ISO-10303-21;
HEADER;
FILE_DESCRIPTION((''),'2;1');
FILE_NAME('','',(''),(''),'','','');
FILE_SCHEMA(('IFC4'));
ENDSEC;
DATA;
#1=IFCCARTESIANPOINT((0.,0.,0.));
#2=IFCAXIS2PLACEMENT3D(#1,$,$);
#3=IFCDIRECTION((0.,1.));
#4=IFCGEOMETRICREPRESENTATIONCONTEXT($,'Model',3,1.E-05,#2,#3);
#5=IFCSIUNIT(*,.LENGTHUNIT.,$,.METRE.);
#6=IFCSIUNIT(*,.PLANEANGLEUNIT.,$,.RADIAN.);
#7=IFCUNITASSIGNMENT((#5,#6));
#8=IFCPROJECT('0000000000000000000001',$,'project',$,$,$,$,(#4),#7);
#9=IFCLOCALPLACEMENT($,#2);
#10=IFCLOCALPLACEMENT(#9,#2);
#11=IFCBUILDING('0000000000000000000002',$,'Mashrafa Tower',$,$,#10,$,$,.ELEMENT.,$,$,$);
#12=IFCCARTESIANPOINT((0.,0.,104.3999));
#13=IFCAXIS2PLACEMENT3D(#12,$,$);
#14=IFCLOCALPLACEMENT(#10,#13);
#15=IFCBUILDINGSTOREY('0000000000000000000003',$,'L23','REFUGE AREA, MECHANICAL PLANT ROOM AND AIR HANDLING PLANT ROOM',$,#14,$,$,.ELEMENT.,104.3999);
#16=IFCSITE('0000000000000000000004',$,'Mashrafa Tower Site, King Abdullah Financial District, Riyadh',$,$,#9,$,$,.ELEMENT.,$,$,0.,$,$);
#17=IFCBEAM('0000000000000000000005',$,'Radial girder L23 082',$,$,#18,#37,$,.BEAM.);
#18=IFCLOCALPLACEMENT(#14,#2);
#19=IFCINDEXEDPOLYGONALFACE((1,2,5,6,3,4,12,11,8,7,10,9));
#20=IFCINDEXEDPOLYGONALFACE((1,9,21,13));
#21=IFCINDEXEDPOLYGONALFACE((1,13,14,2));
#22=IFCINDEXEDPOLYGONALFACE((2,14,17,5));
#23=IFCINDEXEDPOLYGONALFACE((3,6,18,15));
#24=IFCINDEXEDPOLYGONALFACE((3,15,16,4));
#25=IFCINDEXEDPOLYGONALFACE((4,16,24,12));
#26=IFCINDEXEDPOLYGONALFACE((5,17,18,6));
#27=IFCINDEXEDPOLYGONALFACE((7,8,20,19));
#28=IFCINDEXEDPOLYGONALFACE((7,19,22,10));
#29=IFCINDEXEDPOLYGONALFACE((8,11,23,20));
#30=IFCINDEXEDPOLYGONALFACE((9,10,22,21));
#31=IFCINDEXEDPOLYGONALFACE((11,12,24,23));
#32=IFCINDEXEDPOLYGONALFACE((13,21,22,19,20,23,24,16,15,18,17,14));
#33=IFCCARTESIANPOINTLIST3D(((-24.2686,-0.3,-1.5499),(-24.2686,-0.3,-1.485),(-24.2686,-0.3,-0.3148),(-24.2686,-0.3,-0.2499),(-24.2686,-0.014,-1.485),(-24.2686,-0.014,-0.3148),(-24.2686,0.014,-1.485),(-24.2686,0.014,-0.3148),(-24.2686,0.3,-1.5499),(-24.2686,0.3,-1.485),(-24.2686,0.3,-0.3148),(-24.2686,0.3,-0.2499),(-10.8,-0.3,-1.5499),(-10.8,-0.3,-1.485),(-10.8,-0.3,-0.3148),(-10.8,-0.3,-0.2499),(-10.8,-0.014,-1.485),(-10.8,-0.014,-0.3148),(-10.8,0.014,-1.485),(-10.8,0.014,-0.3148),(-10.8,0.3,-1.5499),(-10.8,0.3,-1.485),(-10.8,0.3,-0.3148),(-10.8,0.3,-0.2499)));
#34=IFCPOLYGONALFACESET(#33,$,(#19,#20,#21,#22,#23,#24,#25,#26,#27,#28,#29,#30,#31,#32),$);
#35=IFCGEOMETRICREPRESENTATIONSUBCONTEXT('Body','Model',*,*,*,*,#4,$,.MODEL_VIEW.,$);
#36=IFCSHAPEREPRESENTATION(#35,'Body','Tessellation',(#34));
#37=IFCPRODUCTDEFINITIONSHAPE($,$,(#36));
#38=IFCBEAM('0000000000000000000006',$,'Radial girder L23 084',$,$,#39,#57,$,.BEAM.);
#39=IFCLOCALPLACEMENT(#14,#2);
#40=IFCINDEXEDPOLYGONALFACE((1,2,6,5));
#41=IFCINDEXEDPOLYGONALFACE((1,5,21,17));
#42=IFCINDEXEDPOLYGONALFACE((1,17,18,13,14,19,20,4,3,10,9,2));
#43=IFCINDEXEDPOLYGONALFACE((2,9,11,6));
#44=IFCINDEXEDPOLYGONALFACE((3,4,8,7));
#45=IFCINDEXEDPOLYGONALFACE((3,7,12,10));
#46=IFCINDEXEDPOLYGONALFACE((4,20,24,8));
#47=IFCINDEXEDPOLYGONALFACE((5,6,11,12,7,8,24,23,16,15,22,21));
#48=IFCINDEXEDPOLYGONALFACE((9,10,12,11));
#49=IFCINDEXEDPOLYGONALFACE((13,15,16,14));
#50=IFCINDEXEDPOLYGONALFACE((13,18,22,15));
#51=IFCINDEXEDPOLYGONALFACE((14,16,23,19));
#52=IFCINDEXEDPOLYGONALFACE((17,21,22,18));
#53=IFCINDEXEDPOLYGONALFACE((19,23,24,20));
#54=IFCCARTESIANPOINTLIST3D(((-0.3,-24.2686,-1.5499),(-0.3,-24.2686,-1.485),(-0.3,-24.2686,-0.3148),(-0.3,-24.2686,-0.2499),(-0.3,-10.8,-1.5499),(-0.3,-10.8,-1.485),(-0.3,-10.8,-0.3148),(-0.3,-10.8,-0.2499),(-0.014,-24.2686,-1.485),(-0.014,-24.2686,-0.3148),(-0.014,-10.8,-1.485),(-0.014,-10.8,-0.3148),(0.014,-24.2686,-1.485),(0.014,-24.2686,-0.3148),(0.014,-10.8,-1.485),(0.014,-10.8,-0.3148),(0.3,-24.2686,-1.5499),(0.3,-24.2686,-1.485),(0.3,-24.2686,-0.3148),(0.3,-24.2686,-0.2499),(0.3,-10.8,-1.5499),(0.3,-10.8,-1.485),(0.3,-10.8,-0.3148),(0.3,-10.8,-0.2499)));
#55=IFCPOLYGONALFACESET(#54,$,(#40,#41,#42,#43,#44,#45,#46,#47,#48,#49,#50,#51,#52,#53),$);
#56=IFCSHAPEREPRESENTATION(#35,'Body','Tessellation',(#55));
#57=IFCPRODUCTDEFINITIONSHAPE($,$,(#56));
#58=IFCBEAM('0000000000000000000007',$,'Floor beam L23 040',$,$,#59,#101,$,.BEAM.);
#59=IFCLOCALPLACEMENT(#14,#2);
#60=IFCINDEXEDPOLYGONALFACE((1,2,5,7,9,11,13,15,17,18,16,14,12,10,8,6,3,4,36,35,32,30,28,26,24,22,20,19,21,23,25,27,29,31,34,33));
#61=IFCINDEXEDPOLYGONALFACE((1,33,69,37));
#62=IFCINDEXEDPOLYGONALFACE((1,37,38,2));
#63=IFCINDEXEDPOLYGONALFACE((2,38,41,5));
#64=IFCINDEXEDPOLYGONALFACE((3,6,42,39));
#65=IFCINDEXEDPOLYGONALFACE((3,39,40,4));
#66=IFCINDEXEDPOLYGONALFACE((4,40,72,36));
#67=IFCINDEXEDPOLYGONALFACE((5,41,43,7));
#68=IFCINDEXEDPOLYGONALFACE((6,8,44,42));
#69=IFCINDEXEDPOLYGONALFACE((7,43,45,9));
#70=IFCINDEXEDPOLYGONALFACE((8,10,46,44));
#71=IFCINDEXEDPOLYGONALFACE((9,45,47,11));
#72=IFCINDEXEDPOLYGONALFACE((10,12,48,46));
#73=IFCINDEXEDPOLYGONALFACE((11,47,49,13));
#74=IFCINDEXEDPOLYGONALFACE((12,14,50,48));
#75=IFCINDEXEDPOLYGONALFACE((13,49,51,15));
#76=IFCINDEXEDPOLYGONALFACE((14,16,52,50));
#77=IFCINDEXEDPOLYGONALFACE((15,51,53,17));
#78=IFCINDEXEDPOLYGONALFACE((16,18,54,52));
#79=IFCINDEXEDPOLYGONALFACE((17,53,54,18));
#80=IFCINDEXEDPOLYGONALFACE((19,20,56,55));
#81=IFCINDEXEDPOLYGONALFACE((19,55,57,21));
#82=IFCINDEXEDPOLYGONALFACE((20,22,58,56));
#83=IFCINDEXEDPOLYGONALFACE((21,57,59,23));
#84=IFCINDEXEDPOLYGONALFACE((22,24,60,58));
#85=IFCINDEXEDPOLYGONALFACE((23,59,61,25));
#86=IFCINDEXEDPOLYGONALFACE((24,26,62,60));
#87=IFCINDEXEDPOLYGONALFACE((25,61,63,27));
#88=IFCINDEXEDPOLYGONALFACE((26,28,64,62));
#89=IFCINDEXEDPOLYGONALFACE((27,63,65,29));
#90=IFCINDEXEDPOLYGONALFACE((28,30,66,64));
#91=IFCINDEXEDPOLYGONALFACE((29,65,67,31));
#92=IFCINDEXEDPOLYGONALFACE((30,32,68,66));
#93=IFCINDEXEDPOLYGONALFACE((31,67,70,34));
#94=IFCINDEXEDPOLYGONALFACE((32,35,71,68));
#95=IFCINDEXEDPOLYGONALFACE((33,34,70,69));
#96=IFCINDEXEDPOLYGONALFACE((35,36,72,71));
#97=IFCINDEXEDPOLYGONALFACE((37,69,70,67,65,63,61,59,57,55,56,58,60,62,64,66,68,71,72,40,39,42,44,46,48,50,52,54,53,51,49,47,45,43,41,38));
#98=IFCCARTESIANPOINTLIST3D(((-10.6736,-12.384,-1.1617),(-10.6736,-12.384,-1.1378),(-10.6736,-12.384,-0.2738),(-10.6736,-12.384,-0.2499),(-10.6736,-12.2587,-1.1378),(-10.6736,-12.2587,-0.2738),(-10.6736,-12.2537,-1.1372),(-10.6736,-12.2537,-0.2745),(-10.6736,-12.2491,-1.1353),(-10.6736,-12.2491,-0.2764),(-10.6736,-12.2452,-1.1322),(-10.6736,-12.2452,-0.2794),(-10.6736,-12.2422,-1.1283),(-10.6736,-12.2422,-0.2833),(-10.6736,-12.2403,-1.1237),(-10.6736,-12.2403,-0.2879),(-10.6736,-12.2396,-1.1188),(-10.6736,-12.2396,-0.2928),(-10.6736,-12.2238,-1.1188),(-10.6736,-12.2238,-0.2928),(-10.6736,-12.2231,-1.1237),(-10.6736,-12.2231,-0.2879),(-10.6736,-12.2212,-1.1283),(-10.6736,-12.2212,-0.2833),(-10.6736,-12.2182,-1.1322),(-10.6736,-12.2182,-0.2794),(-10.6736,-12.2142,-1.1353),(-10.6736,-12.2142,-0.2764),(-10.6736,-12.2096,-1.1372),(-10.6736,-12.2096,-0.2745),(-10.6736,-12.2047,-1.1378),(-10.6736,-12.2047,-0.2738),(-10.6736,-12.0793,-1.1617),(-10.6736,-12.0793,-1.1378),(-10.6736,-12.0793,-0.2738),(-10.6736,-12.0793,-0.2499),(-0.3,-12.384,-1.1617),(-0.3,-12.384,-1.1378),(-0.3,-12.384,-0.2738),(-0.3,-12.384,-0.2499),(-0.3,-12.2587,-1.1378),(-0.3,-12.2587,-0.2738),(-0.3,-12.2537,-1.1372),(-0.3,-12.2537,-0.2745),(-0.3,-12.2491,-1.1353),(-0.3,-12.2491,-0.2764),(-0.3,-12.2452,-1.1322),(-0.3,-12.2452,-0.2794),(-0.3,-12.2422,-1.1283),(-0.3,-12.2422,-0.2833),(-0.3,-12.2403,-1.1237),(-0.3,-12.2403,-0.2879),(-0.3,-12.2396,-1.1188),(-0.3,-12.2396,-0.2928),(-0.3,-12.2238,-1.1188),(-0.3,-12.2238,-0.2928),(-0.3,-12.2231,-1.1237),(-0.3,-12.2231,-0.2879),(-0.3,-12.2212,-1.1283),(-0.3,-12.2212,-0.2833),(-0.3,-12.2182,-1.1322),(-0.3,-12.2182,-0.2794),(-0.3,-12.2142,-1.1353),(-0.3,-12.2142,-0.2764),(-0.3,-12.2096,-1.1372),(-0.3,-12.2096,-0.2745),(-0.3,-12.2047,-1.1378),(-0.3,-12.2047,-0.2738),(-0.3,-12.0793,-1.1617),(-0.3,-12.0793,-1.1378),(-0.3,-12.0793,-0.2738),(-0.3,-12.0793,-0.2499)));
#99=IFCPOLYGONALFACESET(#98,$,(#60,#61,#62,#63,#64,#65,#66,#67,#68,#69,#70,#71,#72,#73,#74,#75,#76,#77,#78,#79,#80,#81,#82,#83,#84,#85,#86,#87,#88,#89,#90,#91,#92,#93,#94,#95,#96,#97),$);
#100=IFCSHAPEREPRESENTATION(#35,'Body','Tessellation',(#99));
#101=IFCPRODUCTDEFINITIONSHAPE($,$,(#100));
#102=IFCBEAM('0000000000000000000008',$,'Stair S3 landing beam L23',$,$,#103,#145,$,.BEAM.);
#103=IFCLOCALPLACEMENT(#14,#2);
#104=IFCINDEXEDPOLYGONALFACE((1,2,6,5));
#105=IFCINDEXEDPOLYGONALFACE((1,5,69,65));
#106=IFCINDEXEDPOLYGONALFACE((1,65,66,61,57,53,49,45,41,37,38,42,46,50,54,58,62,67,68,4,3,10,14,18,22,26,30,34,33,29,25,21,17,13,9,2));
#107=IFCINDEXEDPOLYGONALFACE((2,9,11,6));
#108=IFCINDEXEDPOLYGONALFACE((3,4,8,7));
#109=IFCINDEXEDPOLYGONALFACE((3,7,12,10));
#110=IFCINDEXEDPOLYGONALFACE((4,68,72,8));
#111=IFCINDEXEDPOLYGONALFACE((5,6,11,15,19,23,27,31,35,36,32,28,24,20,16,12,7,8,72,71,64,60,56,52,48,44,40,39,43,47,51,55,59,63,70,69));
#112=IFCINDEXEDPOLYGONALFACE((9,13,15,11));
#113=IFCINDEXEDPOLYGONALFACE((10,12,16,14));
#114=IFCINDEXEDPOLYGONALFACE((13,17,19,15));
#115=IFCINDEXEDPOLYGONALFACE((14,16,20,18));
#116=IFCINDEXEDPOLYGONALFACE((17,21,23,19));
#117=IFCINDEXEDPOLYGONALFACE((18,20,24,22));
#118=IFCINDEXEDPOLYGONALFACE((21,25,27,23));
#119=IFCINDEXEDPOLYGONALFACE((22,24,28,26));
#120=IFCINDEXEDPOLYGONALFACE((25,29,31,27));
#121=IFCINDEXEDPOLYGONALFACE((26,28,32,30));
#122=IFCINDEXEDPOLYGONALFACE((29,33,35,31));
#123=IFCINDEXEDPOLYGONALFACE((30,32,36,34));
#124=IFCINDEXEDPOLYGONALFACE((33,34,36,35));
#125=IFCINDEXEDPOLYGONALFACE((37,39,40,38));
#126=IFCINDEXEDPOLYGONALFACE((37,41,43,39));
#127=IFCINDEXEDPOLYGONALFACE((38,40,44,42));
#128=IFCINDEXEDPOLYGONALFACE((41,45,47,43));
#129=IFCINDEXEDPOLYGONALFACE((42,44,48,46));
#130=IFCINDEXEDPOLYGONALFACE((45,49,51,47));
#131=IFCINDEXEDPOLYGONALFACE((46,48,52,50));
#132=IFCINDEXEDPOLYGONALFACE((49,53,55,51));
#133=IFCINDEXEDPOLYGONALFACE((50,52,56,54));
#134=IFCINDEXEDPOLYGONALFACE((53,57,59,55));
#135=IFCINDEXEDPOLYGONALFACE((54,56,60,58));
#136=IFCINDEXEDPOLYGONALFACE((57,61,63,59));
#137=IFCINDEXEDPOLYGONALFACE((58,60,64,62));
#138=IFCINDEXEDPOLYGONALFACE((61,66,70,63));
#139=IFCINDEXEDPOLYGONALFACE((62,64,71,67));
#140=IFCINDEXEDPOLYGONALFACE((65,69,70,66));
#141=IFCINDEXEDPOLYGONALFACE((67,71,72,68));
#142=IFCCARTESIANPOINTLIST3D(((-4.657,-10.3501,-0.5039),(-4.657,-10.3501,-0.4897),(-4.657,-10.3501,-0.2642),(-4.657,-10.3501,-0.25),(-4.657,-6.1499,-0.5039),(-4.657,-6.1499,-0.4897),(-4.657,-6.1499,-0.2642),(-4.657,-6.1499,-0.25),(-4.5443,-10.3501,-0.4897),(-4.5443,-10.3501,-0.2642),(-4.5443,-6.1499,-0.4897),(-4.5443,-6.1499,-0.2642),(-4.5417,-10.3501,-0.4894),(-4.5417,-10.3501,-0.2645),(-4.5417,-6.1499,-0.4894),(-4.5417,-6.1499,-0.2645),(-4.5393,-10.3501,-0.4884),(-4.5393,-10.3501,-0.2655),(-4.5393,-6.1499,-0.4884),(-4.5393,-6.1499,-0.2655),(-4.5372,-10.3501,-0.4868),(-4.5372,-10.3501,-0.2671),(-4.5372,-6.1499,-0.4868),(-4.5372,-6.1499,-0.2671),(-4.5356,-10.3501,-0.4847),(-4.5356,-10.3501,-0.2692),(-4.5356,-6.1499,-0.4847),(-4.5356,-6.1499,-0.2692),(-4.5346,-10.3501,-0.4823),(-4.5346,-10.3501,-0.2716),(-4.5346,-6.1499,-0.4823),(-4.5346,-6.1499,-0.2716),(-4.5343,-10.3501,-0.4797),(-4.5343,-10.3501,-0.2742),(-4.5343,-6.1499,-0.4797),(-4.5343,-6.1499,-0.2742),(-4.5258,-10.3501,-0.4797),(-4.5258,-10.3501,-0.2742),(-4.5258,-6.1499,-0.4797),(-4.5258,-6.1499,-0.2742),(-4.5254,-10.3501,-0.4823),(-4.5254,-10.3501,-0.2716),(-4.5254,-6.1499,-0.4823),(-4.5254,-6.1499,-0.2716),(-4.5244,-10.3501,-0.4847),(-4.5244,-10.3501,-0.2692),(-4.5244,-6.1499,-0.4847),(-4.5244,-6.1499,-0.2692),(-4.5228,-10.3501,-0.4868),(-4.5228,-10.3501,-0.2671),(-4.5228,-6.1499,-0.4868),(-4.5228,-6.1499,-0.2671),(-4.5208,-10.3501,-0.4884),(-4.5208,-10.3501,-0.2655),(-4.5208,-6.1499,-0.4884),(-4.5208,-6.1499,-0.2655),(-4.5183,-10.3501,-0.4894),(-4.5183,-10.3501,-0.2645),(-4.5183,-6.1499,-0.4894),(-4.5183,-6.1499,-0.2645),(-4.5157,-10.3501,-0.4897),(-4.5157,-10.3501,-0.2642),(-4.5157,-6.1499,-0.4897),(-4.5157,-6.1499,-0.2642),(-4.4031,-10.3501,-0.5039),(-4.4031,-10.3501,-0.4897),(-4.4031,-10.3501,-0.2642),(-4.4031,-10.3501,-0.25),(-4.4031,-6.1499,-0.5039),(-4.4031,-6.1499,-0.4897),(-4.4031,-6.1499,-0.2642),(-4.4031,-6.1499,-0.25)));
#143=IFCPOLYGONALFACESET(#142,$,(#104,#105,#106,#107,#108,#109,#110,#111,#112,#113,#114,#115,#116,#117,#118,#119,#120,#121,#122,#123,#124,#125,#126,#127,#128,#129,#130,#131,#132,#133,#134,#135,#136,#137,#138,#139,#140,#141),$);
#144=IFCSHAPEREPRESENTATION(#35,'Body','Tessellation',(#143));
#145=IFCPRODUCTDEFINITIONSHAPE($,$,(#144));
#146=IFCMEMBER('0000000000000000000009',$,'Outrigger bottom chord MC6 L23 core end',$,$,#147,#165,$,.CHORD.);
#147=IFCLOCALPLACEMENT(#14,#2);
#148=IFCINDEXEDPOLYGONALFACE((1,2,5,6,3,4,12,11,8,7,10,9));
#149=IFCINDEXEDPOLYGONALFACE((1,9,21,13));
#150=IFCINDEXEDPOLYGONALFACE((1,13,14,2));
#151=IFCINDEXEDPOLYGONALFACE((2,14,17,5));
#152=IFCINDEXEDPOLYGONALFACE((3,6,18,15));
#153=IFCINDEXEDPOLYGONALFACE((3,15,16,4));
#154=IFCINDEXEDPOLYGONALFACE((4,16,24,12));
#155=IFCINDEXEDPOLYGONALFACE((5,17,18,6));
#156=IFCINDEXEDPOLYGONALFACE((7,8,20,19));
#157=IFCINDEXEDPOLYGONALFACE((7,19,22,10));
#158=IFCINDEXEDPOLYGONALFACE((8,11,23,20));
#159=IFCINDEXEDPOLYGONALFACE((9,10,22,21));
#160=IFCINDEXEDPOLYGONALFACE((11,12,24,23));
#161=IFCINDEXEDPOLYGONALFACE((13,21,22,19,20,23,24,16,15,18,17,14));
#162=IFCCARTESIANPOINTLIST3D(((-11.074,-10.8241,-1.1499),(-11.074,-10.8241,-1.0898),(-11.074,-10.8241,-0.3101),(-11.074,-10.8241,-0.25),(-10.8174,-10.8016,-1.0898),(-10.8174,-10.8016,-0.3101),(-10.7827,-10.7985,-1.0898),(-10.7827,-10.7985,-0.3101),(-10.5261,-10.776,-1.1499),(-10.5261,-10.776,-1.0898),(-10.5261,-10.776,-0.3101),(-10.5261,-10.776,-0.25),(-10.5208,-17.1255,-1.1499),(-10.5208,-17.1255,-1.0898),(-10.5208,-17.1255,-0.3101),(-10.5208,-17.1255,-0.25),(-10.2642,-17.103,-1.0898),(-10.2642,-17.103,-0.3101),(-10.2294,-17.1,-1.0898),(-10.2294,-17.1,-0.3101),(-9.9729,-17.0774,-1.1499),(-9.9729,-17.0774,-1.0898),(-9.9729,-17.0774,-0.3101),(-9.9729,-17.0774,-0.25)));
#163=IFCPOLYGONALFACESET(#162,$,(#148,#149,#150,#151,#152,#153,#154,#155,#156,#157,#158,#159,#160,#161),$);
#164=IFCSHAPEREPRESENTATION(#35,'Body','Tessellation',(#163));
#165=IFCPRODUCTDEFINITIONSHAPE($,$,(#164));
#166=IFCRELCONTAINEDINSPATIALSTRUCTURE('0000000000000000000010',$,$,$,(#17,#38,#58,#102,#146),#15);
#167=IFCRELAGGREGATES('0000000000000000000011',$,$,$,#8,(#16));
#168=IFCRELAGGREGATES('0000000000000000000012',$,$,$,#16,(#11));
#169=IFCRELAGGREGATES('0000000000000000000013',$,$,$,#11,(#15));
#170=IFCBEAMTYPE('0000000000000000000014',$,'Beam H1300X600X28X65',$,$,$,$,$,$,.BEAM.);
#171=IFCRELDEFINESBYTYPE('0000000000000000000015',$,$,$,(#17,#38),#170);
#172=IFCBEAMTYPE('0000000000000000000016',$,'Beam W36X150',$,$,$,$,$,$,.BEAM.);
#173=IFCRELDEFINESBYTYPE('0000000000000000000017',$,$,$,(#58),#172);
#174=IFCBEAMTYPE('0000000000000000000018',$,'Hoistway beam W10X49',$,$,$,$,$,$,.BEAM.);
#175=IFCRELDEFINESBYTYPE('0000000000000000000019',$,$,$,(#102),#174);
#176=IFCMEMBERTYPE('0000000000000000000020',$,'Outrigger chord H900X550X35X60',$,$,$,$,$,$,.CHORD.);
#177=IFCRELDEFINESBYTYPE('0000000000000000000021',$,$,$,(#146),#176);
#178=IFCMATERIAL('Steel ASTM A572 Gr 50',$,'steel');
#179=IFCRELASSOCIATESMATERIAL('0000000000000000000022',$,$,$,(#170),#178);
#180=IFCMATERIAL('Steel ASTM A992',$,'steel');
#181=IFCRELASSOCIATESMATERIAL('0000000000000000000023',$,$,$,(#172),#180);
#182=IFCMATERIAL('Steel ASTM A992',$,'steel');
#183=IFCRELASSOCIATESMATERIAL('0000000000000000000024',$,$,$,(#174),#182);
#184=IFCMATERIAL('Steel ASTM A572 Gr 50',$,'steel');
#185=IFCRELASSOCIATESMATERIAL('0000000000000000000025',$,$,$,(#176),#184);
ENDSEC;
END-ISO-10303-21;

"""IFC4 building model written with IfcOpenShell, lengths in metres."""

from ifc_helpers import new_model, si_unit, direction, frame, origin, origin_2d, place, context, subcontext, project, spatial, i_section, extrude, source, transform, mapped, material, material_profile, profile_set, type_object, type_shapes, element, save


model = new_model("IFC4")

# Units and contexts
model_context = context("Model", 3, precision=1e-05, world=origin(), true_north=direction((0.0, 1.0)))
body_context = subcontext(model_context, "Body", "Model", "MODEL_VIEW")
ifc_project = project(units=[si_unit("LENGTHUNIT", "METRE"), si_unit("PLANEANGLEUNIT", "RADIAN")], contexts=[model_context])

# Site, building, storey
site_placement = place(None, origin())
site = spatial("IfcSite", under=ifc_project, at=site_placement, Name="Mashrafa Tower Site, King Abdullah Financial District, Riyadh", CompositionType="ELEMENT", RefElevation=0.0)
building_placement = place(site_placement, origin())
building = spatial("IfcBuilding", under=site, at=building_placement, Name="Mashrafa Tower", CompositionType="ELEMENT")
storey_placement = place(building_placement, frame((0.0, 0.0, 104.3999)))
storey = spatial("IfcBuildingStorey", under=building, at=storey_placement, Name="L23", Description="REFUGE AREA, MECHANICAL PLANT ROOM AND AIR HANDLING PLANT ROOM", CompositionType="ELEMENT", Elevation=104.3999)

# Beams
ifc_material_1 = material(Name="Steel ASTM A572 Gr 50", Category="steel")
ifc_material_profile_1 = material_profile(ifc_material_1, i_section(OverallWidth=0.6001, OverallDepth=1.3, WebThickness=0.0281, FlangeThickness=0.0649, at=origin_2d()), Name="H1300X600X28X65")
ifc_profile_set_1 = profile_set([ifc_material_profile_1], Name="Steel ASTM A572 Gr 50")
beam_type_1 = type_object("IfcBeamType", Name="Beam H1300X600X28X65", PredefinedType="BEAM", material=ifc_profile_set_1)
for number, where, z_axis, x_axis, name in (
    (1, (-10.8, 0.0, -0.8999), (-1.0, 0.0, 0.0), (0.0, -1.0, 0.0), "Radial girder L23 082"),
    (2, (0.0, -10.8, -0.8999), (0.0, -1.0, 0.0), (1.0, 0.0, 0.0), "Radial girder L23 084"),
):
    element("IfcBeam", number, at=place(storey_placement, frame(where, z_axis=z_axis, x_axis=x_axis)), inside=storey, type_object=beam_type_1, Name=name, PredefinedType="BEAM", context=body_context, shape_type="SweptSolid", body=[
        extrude(i_section(OverallWidth=0.6001, OverallDepth=1.3, WebThickness=0.0281, FlangeThickness=0.0649, at=origin_2d()), origin(), (0.0, 0.0, 1.0), 13.4685),
    ])
ifc_material_2 = material(Name="Steel ASTM A992", Category="steel")
ifc_material_profile_2 = material_profile(ifc_material_2, i_section(OverallWidth=0.3047, OverallDepth=0.9119, WebThickness=0.0159, FlangeThickness=0.0239, FilletRadius=0.019, at=origin_2d()), Name="W36X150")
ifc_profile_set_2 = profile_set([ifc_material_profile_2], Name="Steel ASTM A992")
beam_type_2 = type_object("IfcBeamType", Name="Beam W36X150", PredefinedType="BEAM", material=ifc_profile_set_2)
beam_1_placement = place(storey_placement, frame((-0.3, -12.2317, -0.7058), z_axis=(-1.0, 0.0, 0.0), x_axis=(0.0, -1.0, 0.0)))
element("IfcBeam", 3, at=beam_1_placement, inside=storey, type_object=beam_type_2, Name="Floor beam L23 040", PredefinedType="BEAM", context=body_context, shape_type="SweptSolid", body=[
    extrude(i_section(OverallWidth=0.3047, OverallDepth=0.9119, WebThickness=0.0159, FlangeThickness=0.0239, FilletRadius=0.019, at=origin_2d()), origin(), (0.0, 0.0, 1.0), 10.3735),
])
ifc_material_3 = material(Name="Steel ASTM A992", Category="steel")
ifc_material_profile_3 = material_profile(ifc_material_3, i_section(OverallWidth=0.2539, OverallDepth=0.2539, WebThickness=0.0085, FlangeThickness=0.0142, FilletRadius=0.01, at=origin_2d()), Name="W10X49")
ifc_profile_set_3 = profile_set([ifc_material_profile_3], Name="Steel ASTM A992")
beam_type_3 = type_object("IfcBeamType", Name="Hoistway beam W10X49", PredefinedType="BEAM", material=ifc_profile_set_3)
beam_2_placement = place(storey_placement, frame((-4.53, -10.3501, -0.377), z_axis=(0.0, 1.0, 0.0), x_axis=(-1.0, 0.0, 0.0)))
element("IfcBeam", 4, at=beam_2_placement, inside=storey, type_object=beam_type_3, Name="Stair S3 landing beam L23", PredefinedType="BEAM", context=body_context, shape_type="SweptSolid", body=[
    extrude(i_section(OverallWidth=0.2539, OverallDepth=0.2539, WebThickness=0.0085, FlangeThickness=0.0142, FilletRadius=0.01, at=origin_2d()), origin(), (0.0, 0.0, 1.0), 4.2002),
])

# Member
ifc_material_4 = material(Name="Steel ASTM A572 Gr 50", Category="steel")
ifc_material_profile_4 = material_profile(ifc_material_4, i_section(OverallWidth=0.55, OverallDepth=0.8999, WebThickness=0.0349, FlangeThickness=0.0601, at=origin_2d()), Name="H900X550X35X60")
ifc_profile_set_4 = profile_set([ifc_material_profile_4], Name="Steel ASTM A572 Gr 50")
member_type_1 = type_object("IfcMemberType", Name="Outrigger chord H900X550X35X60", PredefinedType="CHORD", material=ifc_profile_set_4)
shared_shape_1 = source(origin(), body_context, "Body", "SweptSolid", [
    extrude(i_section(OverallWidth=0.55, OverallDepth=0.8999, WebThickness=0.0349, FlangeThickness=0.0601, at=origin_2d()), origin(), (0.0, 0.0, 1.0), 6.3257),
])
type_shapes(member_type_1, [shared_shape_1])
member_placement = place(storey_placement, frame((-10.8, -10.8, -0.7), z_axis=(0.087456, -0.996168, 0.0), x_axis=(0.996168, 0.087456, 0.0)))
element("IfcMember", 5, at=member_placement, inside=storey, type_object=member_type_1, Name="Outrigger bottom chord MC6 L23 core end", PredefinedType="CHORD", context=body_context, shape_type="MappedRepresentation", body=[
    mapped(shared_shape_1, transform((0.0, 0.0, 0.0))),
])

save(model, "model.ifc")
